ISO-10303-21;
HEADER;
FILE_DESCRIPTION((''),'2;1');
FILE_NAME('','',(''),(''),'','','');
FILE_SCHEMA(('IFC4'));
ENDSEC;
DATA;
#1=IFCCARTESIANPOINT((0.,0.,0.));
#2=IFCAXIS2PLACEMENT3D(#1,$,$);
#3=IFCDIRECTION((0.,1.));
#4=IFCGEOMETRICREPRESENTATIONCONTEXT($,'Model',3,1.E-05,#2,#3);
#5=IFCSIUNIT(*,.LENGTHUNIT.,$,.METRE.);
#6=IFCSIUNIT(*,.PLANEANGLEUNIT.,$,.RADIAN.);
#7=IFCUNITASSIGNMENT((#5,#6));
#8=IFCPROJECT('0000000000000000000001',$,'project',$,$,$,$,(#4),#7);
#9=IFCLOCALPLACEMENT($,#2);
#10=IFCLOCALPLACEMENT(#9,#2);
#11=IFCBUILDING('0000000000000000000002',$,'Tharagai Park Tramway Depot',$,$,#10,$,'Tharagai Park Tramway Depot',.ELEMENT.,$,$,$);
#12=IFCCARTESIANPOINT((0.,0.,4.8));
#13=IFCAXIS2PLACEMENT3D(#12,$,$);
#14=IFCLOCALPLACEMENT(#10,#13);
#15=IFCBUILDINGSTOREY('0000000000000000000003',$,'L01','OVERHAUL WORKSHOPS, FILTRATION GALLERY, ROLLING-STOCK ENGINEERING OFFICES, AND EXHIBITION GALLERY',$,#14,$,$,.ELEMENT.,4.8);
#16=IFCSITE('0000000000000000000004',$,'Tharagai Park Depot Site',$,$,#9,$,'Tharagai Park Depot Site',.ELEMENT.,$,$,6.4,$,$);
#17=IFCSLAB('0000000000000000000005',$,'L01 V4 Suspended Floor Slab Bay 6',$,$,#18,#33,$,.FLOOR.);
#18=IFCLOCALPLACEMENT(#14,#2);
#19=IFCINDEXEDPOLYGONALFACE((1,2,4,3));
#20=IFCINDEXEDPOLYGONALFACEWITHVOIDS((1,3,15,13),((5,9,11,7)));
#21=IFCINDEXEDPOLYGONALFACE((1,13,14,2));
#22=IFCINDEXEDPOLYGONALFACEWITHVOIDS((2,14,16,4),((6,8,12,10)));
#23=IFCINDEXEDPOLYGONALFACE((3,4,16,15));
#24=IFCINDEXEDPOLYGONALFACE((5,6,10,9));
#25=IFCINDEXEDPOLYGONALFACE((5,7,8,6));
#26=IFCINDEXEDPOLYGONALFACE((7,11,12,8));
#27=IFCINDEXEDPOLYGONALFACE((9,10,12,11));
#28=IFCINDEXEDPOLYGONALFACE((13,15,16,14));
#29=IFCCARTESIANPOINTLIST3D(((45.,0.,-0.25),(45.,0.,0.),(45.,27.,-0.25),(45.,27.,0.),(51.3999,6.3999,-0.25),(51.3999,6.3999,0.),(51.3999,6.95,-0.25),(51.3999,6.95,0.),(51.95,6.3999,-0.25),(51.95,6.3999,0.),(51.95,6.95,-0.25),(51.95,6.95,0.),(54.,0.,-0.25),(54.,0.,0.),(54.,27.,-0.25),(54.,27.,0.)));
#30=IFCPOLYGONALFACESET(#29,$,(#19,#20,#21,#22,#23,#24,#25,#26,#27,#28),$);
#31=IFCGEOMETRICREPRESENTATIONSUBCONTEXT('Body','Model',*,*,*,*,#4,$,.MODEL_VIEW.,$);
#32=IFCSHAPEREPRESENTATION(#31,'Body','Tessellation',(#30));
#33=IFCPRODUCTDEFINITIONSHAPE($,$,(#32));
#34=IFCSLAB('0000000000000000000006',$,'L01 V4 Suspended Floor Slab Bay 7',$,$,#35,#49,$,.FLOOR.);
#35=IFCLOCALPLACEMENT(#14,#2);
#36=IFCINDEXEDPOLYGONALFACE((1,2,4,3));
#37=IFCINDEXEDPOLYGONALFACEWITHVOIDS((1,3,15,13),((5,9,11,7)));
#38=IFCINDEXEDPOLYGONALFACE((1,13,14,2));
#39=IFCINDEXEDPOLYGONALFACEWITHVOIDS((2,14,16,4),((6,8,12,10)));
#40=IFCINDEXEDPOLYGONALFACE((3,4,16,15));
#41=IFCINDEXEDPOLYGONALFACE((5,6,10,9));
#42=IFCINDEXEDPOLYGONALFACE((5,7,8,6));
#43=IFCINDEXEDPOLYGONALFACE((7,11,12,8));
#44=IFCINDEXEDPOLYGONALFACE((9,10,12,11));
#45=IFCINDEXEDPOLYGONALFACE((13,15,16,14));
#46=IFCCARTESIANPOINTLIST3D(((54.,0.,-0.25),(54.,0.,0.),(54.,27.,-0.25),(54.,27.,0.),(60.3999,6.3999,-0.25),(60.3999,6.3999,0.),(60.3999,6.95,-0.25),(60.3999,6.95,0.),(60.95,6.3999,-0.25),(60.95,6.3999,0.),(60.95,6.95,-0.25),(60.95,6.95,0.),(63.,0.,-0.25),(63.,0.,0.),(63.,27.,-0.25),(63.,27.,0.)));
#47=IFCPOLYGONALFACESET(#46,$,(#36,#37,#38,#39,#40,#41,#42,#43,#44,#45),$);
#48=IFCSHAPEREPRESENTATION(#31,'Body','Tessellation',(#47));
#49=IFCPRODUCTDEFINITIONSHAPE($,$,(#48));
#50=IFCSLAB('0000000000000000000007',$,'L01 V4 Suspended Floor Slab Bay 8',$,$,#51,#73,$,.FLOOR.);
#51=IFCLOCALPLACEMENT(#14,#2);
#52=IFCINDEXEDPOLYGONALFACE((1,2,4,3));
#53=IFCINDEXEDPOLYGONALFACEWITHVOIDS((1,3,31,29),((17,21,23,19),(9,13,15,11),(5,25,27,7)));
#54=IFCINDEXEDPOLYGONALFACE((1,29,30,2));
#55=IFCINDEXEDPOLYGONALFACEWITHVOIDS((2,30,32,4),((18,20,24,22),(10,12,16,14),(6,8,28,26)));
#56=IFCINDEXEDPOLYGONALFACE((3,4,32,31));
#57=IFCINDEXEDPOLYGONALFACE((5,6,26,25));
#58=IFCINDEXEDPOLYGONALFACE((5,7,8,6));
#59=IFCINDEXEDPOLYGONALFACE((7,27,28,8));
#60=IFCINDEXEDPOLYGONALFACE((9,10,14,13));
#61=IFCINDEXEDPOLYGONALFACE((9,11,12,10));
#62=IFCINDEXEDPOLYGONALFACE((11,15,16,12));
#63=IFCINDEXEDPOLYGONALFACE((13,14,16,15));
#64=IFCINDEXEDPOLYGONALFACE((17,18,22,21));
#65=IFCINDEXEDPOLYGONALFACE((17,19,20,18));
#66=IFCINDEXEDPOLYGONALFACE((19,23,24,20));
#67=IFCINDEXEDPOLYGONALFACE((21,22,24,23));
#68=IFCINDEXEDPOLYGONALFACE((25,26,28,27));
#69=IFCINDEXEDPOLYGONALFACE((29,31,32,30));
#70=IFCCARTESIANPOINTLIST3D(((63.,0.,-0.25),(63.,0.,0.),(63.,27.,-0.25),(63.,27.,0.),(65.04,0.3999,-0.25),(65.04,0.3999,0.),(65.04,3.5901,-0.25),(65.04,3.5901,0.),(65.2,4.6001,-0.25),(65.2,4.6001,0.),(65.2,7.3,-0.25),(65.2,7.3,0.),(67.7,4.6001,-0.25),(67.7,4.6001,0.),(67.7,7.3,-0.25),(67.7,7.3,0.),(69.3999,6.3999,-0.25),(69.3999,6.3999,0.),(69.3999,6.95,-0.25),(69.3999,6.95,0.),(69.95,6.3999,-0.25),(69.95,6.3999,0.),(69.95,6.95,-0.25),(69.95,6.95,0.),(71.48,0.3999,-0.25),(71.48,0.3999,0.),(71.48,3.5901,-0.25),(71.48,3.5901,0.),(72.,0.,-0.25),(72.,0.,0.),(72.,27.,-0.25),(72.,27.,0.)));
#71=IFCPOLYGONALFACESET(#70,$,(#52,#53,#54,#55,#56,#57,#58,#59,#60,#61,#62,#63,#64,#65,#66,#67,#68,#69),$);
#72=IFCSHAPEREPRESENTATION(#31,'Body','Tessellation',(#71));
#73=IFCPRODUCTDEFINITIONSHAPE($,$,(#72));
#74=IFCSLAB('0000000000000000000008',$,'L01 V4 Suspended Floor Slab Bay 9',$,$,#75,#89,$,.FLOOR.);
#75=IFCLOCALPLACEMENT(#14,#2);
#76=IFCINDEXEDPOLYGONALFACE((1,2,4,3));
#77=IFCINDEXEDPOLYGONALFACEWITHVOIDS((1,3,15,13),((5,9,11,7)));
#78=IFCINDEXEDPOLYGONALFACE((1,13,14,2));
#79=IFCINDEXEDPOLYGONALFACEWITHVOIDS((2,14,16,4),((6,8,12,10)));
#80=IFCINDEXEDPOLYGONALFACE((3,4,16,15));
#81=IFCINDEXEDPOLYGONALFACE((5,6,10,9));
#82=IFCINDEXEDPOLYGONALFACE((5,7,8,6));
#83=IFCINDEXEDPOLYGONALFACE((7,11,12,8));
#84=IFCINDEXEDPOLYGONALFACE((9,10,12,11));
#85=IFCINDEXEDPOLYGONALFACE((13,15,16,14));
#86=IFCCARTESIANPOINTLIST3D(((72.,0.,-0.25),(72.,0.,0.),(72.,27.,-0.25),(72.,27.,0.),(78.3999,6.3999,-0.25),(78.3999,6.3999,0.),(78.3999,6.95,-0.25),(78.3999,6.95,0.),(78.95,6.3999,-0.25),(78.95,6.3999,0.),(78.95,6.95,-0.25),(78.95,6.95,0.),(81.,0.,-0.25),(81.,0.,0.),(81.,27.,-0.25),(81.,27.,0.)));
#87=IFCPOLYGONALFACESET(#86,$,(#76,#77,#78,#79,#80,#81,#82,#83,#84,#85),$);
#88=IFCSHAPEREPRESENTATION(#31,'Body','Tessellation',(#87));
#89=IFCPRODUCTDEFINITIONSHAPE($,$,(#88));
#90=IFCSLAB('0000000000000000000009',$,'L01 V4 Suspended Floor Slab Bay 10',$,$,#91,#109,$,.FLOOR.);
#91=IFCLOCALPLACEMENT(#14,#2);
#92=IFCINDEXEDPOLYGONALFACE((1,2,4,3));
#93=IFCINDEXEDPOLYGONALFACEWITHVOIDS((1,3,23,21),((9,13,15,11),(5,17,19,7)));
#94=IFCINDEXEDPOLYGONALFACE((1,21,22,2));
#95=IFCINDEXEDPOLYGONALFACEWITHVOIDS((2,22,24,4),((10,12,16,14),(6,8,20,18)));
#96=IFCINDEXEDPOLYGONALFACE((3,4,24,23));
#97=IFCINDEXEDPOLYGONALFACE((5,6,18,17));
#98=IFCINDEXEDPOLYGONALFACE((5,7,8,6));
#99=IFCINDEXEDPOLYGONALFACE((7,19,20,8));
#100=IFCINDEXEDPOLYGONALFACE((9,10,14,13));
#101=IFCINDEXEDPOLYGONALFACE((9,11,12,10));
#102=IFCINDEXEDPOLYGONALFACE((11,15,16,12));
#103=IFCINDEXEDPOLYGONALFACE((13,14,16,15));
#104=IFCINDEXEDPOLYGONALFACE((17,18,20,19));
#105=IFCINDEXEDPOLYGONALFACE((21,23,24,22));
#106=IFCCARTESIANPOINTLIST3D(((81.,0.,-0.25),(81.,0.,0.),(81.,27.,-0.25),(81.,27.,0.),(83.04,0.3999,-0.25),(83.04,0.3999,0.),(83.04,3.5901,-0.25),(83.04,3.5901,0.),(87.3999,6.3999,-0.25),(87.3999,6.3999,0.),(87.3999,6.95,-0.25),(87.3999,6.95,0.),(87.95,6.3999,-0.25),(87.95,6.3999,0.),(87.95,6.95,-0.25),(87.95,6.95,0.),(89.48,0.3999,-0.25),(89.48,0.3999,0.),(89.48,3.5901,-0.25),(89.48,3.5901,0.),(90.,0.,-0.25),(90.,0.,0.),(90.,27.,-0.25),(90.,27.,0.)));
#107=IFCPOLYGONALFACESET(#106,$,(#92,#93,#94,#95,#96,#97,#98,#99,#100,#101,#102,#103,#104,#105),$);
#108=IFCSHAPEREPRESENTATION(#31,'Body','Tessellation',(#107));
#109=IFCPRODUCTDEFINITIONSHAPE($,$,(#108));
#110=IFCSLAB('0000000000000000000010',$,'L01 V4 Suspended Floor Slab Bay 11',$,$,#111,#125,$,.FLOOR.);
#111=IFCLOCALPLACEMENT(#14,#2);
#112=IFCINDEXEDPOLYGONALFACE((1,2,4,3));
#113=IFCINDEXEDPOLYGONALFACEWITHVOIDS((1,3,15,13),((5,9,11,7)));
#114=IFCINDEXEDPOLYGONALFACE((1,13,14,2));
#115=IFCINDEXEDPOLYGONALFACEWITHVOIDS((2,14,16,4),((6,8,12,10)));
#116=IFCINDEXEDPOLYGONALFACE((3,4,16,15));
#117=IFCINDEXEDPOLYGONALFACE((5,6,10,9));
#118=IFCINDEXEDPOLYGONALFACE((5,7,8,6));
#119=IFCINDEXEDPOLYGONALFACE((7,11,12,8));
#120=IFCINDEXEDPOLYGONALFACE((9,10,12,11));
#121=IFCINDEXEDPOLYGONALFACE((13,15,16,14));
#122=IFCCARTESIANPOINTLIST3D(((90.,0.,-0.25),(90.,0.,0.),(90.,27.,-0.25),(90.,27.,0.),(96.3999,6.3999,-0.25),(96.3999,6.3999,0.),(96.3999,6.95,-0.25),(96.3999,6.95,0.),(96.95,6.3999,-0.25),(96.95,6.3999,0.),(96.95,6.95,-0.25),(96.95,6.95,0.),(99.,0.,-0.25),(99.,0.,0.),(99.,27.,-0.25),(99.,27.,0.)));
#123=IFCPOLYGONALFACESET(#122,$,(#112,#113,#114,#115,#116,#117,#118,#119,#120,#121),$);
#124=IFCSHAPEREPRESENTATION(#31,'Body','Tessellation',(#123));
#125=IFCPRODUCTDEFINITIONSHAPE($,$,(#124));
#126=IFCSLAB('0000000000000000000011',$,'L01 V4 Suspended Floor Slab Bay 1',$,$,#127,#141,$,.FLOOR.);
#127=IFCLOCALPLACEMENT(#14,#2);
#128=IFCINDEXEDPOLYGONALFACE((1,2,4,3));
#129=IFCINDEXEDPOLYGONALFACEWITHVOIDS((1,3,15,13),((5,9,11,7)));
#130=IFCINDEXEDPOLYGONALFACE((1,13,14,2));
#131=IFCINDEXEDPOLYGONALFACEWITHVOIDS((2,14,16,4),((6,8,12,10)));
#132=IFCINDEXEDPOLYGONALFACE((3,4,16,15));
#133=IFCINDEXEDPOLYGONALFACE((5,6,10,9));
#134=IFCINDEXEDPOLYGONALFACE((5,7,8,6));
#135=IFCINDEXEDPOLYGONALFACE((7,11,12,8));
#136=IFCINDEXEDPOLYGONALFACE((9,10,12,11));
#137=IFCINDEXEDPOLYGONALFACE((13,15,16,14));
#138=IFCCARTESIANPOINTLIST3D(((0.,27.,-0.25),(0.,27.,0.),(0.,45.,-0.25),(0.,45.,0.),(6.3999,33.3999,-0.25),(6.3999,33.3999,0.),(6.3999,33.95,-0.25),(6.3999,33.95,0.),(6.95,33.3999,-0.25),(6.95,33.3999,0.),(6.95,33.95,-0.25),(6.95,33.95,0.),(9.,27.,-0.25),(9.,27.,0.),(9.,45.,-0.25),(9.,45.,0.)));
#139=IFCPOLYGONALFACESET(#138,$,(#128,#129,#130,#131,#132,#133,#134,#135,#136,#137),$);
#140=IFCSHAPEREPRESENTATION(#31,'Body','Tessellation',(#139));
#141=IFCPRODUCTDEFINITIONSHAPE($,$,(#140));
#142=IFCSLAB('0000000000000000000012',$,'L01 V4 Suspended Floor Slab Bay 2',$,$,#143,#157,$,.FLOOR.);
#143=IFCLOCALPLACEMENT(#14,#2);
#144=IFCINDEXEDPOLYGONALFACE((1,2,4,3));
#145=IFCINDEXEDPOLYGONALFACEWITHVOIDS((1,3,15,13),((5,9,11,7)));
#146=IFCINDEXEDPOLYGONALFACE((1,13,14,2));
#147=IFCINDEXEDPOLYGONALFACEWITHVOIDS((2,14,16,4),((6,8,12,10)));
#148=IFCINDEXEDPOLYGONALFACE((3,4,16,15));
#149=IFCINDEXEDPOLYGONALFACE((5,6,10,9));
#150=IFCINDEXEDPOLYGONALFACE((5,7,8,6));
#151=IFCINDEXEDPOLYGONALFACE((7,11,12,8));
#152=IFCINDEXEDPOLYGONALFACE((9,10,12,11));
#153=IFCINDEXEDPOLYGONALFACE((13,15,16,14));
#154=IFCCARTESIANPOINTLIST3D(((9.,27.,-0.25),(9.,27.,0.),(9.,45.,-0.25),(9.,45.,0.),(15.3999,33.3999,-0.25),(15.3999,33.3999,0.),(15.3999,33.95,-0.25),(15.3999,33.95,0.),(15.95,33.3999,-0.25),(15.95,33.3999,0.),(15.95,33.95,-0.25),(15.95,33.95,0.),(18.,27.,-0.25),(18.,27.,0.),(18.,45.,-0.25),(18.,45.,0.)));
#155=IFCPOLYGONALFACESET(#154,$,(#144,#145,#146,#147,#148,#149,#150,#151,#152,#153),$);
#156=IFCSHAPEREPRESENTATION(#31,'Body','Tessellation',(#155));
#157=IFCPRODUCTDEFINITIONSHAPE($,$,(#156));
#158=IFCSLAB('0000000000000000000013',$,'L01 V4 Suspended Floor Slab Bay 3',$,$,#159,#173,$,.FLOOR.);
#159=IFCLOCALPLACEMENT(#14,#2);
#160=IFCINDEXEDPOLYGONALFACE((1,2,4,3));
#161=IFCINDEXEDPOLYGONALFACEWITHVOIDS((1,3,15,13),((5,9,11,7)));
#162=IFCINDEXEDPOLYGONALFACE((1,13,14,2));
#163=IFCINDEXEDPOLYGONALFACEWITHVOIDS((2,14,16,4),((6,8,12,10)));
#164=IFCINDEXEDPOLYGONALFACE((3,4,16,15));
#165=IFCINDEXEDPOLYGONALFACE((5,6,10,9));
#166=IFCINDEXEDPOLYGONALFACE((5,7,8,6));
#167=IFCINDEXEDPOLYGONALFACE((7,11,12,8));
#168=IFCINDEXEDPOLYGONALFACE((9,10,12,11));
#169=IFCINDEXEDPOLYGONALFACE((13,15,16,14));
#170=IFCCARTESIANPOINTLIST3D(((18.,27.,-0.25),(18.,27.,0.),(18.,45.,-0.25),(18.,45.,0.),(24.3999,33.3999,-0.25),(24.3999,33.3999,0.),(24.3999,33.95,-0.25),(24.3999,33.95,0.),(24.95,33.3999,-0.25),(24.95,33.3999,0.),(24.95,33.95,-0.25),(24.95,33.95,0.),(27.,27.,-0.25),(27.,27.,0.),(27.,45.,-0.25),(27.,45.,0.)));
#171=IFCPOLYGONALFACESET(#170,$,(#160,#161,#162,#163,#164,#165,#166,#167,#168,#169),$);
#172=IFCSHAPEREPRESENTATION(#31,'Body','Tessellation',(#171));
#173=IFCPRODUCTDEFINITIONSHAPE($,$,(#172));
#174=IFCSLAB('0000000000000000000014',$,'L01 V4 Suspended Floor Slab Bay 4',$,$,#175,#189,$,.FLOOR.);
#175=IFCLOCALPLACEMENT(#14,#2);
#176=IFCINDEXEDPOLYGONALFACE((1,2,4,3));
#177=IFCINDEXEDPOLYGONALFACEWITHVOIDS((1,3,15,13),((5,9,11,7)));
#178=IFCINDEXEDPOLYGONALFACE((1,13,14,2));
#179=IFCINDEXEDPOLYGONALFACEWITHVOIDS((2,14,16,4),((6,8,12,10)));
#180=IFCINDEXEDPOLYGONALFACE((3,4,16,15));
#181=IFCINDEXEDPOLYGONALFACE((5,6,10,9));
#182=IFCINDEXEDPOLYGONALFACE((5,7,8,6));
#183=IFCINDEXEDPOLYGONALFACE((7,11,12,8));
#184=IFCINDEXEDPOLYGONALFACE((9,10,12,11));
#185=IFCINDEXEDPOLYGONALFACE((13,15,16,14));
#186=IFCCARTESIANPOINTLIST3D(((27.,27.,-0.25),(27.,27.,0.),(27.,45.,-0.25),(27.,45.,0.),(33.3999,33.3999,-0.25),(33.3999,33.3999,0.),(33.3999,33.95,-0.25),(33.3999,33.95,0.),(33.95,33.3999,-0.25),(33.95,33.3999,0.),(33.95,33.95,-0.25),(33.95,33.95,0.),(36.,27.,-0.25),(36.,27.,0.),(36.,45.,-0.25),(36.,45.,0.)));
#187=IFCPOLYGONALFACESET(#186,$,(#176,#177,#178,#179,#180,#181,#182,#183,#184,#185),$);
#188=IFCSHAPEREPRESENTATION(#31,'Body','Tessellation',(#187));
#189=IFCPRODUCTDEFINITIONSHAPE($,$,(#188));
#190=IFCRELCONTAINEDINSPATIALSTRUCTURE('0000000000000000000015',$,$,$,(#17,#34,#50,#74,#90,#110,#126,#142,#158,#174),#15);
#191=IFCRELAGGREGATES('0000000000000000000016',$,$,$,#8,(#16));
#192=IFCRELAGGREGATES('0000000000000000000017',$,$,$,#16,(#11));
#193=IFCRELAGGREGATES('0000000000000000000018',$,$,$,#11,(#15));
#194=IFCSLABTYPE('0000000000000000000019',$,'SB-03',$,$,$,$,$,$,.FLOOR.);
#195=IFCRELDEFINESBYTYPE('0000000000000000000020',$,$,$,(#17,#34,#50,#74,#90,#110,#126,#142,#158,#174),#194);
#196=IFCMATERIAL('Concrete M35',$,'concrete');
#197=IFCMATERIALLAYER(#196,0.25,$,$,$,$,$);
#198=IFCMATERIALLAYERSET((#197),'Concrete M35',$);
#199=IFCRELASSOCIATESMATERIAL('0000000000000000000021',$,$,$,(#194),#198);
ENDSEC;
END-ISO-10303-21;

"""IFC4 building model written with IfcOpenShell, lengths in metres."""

from ifc_helpers import new_model, si_unit, direction, frame, origin, place, context, subcontext, project, spatial, polyline, outline, extrude, material, layer, layer_set, type_object, element, save


model = new_model("IFC4")

# Units and contexts
model_context = context("Model", 3, precision=1e-05, world=origin(), true_north=direction((0.0, 1.0)))
body_context = subcontext(model_context, "Body", "Model", "MODEL_VIEW")
ifc_project = project(units=[si_unit("LENGTHUNIT", "METRE"), si_unit("PLANEANGLEUNIT", "RADIAN")], contexts=[model_context])

# Site, building, storey
site_placement = place(None, origin())
site = spatial("IfcSite", under=ifc_project, at=site_placement, Name="Tharagai Park Depot Site", LongName="Tharagai Park Depot Site", CompositionType="ELEMENT", RefElevation=6.4)
building_placement = place(site_placement, origin())
building = spatial("IfcBuilding", under=site, at=building_placement, Name="Tharagai Park Tramway Depot", LongName="Tharagai Park Tramway Depot", CompositionType="ELEMENT")
storey_placement = place(building_placement, frame((0.0, 0.0, 4.8)))
storey = spatial("IfcBuildingStorey", under=building, at=storey_placement, Name="L01", Description="OVERHAUL WORKSHOPS, FILTRATION GALLERY, ROLLING-STOCK ENGINEERING OFFICES, AND EXHIBITION GALLERY", CompositionType="ELEMENT", Elevation=4.8)

# Slabs
ifc_material = material(Name="Concrete M35", Category="concrete")
ifc_layer_1 = layer(ifc_material, 0.25)
ifc_layer_set_1 = layer_set([ifc_layer_1], Name="Concrete M35")
slab_type_1 = type_object("IfcSlabType", Name="SB-03", PredefinedType="FLOOR", material=ifc_layer_set_1)
slab_1_placement = place(storey_placement, frame((0.0, 0.0, -0.25)))
element("IfcSlab", 1, at=slab_1_placement, inside=storey, type_object=slab_type_1, Name="L01 V4 Suspended Floor Slab Bay 6", PredefinedType="FLOOR", context=body_context, shape_type="SweptSolid", body=[
    extrude(outline(polyline([(45.0, 0.0), (54.0, 0.0), (54.0, 27.0), (45.0, 27.0), (45.0, 0.0)]), holes=[polyline([(51.3999, 6.3999), (51.95, 6.3999), (51.95, 6.95), (51.3999, 6.95), (51.3999, 6.3999)])]), origin(), (0.0, 0.0, 1.0), 0.25),
])
slab_2_placement = place(storey_placement, frame((0.0, 0.0, -0.25)))
element("IfcSlab", 2, at=slab_2_placement, inside=storey, type_object=slab_type_1, Name="L01 V4 Suspended Floor Slab Bay 7", PredefinedType="FLOOR", context=body_context, shape_type="SweptSolid", body=[
    extrude(outline(polyline([(54.0, 0.0), (63.0, 0.0), (63.0, 27.0), (54.0, 27.0), (54.0, 0.0)]), holes=[polyline([(60.3999, 6.3999), (60.95, 6.3999), (60.95, 6.95), (60.3999, 6.95), (60.3999, 6.3999)])]), origin(), (0.0, 0.0, 1.0), 0.25),
])
slab_3_placement = place(storey_placement, frame((0.0, 0.0, -0.25)))
element("IfcSlab", 3, at=slab_3_placement, inside=storey, type_object=slab_type_1, Name="L01 V4 Suspended Floor Slab Bay 8", PredefinedType="FLOOR", context=body_context, shape_type="SweptSolid", body=[
    extrude(outline(polyline([(63.0, 0.0), (72.0, 0.0), (72.0, 27.0), (63.0, 27.0), (63.0, 0.0)]), holes=[polyline([(65.04, 0.3999), (71.48, 0.3999), (71.48, 3.5901), (65.04, 3.5901), (65.04, 0.3999)]), polyline([(65.2, 4.6001), (67.7, 4.6001), (67.7, 7.3), (65.2, 7.3), (65.2, 4.6001)]), polyline([(69.3999, 6.3999), (69.95, 6.3999), (69.95, 6.95), (69.3999, 6.95), (69.3999, 6.3999)])]), origin(), (0.0, 0.0, 1.0), 0.25),
])
slab_4_placement = place(storey_placement, frame((0.0, 0.0, -0.25)))
element("IfcSlab", 4, at=slab_4_placement, inside=storey, type_object=slab_type_1, Name="L01 V4 Suspended Floor Slab Bay 9", PredefinedType="FLOOR", context=body_context, shape_type="SweptSolid", body=[
    extrude(outline(polyline([(72.0, 0.0), (81.0, 0.0), (81.0, 27.0), (72.0, 27.0), (72.0, 0.0)]), holes=[polyline([(78.3999, 6.3999), (78.95, 6.3999), (78.95, 6.95), (78.3999, 6.95), (78.3999, 6.3999)])]), origin(), (0.0, 0.0, 1.0), 0.25),
])
slab_5_placement = place(storey_placement, frame((0.0, 0.0, -0.25)))
element("IfcSlab", 5, at=slab_5_placement, inside=storey, type_object=slab_type_1, Name="L01 V4 Suspended Floor Slab Bay 10", PredefinedType="FLOOR", context=body_context, shape_type="SweptSolid", body=[
    extrude(outline(polyline([(81.0, 0.0), (90.0, 0.0), (90.0, 27.0), (81.0, 27.0), (81.0, 0.0)]), holes=[polyline([(83.04, 0.3999), (89.48, 0.3999), (89.48, 3.5901), (83.04, 3.5901), (83.04, 0.3999)]), polyline([(87.3999, 6.3999), (87.95, 6.3999), (87.95, 6.95), (87.3999, 6.95), (87.3999, 6.3999)])]), origin(), (0.0, 0.0, 1.0), 0.25),
])
slab_6_placement = place(storey_placement, frame((0.0, 0.0, -0.25)))
element("IfcSlab", 6, at=slab_6_placement, inside=storey, type_object=slab_type_1, Name="L01 V4 Suspended Floor Slab Bay 11", PredefinedType="FLOOR", context=body_context, shape_type="SweptSolid", body=[
    extrude(outline(polyline([(90.0, 0.0), (99.0, 0.0), (99.0, 27.0), (90.0, 27.0), (90.0, 0.0)]), holes=[polyline([(96.3999, 6.3999), (96.95, 6.3999), (96.95, 6.95), (96.3999, 6.95), (96.3999, 6.3999)])]), origin(), (0.0, 0.0, 1.0), 0.25),
])
slab_7_placement = place(storey_placement, frame((0.0, 0.0, -0.25)))
element("IfcSlab", 7, at=slab_7_placement, inside=storey, type_object=slab_type_1, Name="L01 V4 Suspended Floor Slab Bay 1", PredefinedType="FLOOR", context=body_context, shape_type="SweptSolid", body=[
    extrude(outline(polyline([(0.0, 27.0), (9.0, 27.0), (9.0, 45.0), (0.0, 45.0), (0.0, 27.0)]), holes=[polyline([(6.3999, 33.3999), (6.95, 33.3999), (6.95, 33.95), (6.3999, 33.95), (6.3999, 33.3999)])]), origin(), (0.0, 0.0, 1.0), 0.25),
])
slab_8_placement = place(storey_placement, frame((0.0, 0.0, -0.25)))
element("IfcSlab", 8, at=slab_8_placement, inside=storey, type_object=slab_type_1, Name="L01 V4 Suspended Floor Slab Bay 2", PredefinedType="FLOOR", context=body_context, shape_type="SweptSolid", body=[
    extrude(outline(polyline([(9.0, 27.0), (18.0, 27.0), (18.0, 45.0), (9.0, 45.0), (9.0, 27.0)]), holes=[polyline([(15.3999, 33.3999), (15.95, 33.3999), (15.95, 33.95), (15.3999, 33.95), (15.3999, 33.3999)])]), origin(), (0.0, 0.0, 1.0), 0.25),
])
slab_9_placement = place(storey_placement, frame((0.0, 0.0, -0.25)))
element("IfcSlab", 9, at=slab_9_placement, inside=storey, type_object=slab_type_1, Name="L01 V4 Suspended Floor Slab Bay 3", PredefinedType="FLOOR", context=body_context, shape_type="SweptSolid", body=[
    extrude(outline(polyline([(18.0, 27.0), (27.0, 27.0), (27.0, 45.0), (18.0, 45.0), (18.0, 27.0)]), holes=[polyline([(24.3999, 33.3999), (24.95, 33.3999), (24.95, 33.95), (24.3999, 33.95), (24.3999, 33.3999)])]), origin(), (0.0, 0.0, 1.0), 0.25),
])
slab_10_placement = place(storey_placement, frame((0.0, 0.0, -0.25)))
element("IfcSlab", 10, at=slab_10_placement, inside=storey, type_object=slab_type_1, Name="L01 V4 Suspended Floor Slab Bay 4", PredefinedType="FLOOR", context=body_context, shape_type="SweptSolid", body=[
    extrude(outline(polyline([(27.0, 27.0), (36.0, 27.0), (36.0, 45.0), (27.0, 45.0), (27.0, 27.0)]), holes=[polyline([(33.3999, 33.3999), (33.95, 33.3999), (33.95, 33.95), (33.3999, 33.95), (33.3999, 33.3999)])]), origin(), (0.0, 0.0, 1.0), 0.25),
])

save(model, "model.ifc")
